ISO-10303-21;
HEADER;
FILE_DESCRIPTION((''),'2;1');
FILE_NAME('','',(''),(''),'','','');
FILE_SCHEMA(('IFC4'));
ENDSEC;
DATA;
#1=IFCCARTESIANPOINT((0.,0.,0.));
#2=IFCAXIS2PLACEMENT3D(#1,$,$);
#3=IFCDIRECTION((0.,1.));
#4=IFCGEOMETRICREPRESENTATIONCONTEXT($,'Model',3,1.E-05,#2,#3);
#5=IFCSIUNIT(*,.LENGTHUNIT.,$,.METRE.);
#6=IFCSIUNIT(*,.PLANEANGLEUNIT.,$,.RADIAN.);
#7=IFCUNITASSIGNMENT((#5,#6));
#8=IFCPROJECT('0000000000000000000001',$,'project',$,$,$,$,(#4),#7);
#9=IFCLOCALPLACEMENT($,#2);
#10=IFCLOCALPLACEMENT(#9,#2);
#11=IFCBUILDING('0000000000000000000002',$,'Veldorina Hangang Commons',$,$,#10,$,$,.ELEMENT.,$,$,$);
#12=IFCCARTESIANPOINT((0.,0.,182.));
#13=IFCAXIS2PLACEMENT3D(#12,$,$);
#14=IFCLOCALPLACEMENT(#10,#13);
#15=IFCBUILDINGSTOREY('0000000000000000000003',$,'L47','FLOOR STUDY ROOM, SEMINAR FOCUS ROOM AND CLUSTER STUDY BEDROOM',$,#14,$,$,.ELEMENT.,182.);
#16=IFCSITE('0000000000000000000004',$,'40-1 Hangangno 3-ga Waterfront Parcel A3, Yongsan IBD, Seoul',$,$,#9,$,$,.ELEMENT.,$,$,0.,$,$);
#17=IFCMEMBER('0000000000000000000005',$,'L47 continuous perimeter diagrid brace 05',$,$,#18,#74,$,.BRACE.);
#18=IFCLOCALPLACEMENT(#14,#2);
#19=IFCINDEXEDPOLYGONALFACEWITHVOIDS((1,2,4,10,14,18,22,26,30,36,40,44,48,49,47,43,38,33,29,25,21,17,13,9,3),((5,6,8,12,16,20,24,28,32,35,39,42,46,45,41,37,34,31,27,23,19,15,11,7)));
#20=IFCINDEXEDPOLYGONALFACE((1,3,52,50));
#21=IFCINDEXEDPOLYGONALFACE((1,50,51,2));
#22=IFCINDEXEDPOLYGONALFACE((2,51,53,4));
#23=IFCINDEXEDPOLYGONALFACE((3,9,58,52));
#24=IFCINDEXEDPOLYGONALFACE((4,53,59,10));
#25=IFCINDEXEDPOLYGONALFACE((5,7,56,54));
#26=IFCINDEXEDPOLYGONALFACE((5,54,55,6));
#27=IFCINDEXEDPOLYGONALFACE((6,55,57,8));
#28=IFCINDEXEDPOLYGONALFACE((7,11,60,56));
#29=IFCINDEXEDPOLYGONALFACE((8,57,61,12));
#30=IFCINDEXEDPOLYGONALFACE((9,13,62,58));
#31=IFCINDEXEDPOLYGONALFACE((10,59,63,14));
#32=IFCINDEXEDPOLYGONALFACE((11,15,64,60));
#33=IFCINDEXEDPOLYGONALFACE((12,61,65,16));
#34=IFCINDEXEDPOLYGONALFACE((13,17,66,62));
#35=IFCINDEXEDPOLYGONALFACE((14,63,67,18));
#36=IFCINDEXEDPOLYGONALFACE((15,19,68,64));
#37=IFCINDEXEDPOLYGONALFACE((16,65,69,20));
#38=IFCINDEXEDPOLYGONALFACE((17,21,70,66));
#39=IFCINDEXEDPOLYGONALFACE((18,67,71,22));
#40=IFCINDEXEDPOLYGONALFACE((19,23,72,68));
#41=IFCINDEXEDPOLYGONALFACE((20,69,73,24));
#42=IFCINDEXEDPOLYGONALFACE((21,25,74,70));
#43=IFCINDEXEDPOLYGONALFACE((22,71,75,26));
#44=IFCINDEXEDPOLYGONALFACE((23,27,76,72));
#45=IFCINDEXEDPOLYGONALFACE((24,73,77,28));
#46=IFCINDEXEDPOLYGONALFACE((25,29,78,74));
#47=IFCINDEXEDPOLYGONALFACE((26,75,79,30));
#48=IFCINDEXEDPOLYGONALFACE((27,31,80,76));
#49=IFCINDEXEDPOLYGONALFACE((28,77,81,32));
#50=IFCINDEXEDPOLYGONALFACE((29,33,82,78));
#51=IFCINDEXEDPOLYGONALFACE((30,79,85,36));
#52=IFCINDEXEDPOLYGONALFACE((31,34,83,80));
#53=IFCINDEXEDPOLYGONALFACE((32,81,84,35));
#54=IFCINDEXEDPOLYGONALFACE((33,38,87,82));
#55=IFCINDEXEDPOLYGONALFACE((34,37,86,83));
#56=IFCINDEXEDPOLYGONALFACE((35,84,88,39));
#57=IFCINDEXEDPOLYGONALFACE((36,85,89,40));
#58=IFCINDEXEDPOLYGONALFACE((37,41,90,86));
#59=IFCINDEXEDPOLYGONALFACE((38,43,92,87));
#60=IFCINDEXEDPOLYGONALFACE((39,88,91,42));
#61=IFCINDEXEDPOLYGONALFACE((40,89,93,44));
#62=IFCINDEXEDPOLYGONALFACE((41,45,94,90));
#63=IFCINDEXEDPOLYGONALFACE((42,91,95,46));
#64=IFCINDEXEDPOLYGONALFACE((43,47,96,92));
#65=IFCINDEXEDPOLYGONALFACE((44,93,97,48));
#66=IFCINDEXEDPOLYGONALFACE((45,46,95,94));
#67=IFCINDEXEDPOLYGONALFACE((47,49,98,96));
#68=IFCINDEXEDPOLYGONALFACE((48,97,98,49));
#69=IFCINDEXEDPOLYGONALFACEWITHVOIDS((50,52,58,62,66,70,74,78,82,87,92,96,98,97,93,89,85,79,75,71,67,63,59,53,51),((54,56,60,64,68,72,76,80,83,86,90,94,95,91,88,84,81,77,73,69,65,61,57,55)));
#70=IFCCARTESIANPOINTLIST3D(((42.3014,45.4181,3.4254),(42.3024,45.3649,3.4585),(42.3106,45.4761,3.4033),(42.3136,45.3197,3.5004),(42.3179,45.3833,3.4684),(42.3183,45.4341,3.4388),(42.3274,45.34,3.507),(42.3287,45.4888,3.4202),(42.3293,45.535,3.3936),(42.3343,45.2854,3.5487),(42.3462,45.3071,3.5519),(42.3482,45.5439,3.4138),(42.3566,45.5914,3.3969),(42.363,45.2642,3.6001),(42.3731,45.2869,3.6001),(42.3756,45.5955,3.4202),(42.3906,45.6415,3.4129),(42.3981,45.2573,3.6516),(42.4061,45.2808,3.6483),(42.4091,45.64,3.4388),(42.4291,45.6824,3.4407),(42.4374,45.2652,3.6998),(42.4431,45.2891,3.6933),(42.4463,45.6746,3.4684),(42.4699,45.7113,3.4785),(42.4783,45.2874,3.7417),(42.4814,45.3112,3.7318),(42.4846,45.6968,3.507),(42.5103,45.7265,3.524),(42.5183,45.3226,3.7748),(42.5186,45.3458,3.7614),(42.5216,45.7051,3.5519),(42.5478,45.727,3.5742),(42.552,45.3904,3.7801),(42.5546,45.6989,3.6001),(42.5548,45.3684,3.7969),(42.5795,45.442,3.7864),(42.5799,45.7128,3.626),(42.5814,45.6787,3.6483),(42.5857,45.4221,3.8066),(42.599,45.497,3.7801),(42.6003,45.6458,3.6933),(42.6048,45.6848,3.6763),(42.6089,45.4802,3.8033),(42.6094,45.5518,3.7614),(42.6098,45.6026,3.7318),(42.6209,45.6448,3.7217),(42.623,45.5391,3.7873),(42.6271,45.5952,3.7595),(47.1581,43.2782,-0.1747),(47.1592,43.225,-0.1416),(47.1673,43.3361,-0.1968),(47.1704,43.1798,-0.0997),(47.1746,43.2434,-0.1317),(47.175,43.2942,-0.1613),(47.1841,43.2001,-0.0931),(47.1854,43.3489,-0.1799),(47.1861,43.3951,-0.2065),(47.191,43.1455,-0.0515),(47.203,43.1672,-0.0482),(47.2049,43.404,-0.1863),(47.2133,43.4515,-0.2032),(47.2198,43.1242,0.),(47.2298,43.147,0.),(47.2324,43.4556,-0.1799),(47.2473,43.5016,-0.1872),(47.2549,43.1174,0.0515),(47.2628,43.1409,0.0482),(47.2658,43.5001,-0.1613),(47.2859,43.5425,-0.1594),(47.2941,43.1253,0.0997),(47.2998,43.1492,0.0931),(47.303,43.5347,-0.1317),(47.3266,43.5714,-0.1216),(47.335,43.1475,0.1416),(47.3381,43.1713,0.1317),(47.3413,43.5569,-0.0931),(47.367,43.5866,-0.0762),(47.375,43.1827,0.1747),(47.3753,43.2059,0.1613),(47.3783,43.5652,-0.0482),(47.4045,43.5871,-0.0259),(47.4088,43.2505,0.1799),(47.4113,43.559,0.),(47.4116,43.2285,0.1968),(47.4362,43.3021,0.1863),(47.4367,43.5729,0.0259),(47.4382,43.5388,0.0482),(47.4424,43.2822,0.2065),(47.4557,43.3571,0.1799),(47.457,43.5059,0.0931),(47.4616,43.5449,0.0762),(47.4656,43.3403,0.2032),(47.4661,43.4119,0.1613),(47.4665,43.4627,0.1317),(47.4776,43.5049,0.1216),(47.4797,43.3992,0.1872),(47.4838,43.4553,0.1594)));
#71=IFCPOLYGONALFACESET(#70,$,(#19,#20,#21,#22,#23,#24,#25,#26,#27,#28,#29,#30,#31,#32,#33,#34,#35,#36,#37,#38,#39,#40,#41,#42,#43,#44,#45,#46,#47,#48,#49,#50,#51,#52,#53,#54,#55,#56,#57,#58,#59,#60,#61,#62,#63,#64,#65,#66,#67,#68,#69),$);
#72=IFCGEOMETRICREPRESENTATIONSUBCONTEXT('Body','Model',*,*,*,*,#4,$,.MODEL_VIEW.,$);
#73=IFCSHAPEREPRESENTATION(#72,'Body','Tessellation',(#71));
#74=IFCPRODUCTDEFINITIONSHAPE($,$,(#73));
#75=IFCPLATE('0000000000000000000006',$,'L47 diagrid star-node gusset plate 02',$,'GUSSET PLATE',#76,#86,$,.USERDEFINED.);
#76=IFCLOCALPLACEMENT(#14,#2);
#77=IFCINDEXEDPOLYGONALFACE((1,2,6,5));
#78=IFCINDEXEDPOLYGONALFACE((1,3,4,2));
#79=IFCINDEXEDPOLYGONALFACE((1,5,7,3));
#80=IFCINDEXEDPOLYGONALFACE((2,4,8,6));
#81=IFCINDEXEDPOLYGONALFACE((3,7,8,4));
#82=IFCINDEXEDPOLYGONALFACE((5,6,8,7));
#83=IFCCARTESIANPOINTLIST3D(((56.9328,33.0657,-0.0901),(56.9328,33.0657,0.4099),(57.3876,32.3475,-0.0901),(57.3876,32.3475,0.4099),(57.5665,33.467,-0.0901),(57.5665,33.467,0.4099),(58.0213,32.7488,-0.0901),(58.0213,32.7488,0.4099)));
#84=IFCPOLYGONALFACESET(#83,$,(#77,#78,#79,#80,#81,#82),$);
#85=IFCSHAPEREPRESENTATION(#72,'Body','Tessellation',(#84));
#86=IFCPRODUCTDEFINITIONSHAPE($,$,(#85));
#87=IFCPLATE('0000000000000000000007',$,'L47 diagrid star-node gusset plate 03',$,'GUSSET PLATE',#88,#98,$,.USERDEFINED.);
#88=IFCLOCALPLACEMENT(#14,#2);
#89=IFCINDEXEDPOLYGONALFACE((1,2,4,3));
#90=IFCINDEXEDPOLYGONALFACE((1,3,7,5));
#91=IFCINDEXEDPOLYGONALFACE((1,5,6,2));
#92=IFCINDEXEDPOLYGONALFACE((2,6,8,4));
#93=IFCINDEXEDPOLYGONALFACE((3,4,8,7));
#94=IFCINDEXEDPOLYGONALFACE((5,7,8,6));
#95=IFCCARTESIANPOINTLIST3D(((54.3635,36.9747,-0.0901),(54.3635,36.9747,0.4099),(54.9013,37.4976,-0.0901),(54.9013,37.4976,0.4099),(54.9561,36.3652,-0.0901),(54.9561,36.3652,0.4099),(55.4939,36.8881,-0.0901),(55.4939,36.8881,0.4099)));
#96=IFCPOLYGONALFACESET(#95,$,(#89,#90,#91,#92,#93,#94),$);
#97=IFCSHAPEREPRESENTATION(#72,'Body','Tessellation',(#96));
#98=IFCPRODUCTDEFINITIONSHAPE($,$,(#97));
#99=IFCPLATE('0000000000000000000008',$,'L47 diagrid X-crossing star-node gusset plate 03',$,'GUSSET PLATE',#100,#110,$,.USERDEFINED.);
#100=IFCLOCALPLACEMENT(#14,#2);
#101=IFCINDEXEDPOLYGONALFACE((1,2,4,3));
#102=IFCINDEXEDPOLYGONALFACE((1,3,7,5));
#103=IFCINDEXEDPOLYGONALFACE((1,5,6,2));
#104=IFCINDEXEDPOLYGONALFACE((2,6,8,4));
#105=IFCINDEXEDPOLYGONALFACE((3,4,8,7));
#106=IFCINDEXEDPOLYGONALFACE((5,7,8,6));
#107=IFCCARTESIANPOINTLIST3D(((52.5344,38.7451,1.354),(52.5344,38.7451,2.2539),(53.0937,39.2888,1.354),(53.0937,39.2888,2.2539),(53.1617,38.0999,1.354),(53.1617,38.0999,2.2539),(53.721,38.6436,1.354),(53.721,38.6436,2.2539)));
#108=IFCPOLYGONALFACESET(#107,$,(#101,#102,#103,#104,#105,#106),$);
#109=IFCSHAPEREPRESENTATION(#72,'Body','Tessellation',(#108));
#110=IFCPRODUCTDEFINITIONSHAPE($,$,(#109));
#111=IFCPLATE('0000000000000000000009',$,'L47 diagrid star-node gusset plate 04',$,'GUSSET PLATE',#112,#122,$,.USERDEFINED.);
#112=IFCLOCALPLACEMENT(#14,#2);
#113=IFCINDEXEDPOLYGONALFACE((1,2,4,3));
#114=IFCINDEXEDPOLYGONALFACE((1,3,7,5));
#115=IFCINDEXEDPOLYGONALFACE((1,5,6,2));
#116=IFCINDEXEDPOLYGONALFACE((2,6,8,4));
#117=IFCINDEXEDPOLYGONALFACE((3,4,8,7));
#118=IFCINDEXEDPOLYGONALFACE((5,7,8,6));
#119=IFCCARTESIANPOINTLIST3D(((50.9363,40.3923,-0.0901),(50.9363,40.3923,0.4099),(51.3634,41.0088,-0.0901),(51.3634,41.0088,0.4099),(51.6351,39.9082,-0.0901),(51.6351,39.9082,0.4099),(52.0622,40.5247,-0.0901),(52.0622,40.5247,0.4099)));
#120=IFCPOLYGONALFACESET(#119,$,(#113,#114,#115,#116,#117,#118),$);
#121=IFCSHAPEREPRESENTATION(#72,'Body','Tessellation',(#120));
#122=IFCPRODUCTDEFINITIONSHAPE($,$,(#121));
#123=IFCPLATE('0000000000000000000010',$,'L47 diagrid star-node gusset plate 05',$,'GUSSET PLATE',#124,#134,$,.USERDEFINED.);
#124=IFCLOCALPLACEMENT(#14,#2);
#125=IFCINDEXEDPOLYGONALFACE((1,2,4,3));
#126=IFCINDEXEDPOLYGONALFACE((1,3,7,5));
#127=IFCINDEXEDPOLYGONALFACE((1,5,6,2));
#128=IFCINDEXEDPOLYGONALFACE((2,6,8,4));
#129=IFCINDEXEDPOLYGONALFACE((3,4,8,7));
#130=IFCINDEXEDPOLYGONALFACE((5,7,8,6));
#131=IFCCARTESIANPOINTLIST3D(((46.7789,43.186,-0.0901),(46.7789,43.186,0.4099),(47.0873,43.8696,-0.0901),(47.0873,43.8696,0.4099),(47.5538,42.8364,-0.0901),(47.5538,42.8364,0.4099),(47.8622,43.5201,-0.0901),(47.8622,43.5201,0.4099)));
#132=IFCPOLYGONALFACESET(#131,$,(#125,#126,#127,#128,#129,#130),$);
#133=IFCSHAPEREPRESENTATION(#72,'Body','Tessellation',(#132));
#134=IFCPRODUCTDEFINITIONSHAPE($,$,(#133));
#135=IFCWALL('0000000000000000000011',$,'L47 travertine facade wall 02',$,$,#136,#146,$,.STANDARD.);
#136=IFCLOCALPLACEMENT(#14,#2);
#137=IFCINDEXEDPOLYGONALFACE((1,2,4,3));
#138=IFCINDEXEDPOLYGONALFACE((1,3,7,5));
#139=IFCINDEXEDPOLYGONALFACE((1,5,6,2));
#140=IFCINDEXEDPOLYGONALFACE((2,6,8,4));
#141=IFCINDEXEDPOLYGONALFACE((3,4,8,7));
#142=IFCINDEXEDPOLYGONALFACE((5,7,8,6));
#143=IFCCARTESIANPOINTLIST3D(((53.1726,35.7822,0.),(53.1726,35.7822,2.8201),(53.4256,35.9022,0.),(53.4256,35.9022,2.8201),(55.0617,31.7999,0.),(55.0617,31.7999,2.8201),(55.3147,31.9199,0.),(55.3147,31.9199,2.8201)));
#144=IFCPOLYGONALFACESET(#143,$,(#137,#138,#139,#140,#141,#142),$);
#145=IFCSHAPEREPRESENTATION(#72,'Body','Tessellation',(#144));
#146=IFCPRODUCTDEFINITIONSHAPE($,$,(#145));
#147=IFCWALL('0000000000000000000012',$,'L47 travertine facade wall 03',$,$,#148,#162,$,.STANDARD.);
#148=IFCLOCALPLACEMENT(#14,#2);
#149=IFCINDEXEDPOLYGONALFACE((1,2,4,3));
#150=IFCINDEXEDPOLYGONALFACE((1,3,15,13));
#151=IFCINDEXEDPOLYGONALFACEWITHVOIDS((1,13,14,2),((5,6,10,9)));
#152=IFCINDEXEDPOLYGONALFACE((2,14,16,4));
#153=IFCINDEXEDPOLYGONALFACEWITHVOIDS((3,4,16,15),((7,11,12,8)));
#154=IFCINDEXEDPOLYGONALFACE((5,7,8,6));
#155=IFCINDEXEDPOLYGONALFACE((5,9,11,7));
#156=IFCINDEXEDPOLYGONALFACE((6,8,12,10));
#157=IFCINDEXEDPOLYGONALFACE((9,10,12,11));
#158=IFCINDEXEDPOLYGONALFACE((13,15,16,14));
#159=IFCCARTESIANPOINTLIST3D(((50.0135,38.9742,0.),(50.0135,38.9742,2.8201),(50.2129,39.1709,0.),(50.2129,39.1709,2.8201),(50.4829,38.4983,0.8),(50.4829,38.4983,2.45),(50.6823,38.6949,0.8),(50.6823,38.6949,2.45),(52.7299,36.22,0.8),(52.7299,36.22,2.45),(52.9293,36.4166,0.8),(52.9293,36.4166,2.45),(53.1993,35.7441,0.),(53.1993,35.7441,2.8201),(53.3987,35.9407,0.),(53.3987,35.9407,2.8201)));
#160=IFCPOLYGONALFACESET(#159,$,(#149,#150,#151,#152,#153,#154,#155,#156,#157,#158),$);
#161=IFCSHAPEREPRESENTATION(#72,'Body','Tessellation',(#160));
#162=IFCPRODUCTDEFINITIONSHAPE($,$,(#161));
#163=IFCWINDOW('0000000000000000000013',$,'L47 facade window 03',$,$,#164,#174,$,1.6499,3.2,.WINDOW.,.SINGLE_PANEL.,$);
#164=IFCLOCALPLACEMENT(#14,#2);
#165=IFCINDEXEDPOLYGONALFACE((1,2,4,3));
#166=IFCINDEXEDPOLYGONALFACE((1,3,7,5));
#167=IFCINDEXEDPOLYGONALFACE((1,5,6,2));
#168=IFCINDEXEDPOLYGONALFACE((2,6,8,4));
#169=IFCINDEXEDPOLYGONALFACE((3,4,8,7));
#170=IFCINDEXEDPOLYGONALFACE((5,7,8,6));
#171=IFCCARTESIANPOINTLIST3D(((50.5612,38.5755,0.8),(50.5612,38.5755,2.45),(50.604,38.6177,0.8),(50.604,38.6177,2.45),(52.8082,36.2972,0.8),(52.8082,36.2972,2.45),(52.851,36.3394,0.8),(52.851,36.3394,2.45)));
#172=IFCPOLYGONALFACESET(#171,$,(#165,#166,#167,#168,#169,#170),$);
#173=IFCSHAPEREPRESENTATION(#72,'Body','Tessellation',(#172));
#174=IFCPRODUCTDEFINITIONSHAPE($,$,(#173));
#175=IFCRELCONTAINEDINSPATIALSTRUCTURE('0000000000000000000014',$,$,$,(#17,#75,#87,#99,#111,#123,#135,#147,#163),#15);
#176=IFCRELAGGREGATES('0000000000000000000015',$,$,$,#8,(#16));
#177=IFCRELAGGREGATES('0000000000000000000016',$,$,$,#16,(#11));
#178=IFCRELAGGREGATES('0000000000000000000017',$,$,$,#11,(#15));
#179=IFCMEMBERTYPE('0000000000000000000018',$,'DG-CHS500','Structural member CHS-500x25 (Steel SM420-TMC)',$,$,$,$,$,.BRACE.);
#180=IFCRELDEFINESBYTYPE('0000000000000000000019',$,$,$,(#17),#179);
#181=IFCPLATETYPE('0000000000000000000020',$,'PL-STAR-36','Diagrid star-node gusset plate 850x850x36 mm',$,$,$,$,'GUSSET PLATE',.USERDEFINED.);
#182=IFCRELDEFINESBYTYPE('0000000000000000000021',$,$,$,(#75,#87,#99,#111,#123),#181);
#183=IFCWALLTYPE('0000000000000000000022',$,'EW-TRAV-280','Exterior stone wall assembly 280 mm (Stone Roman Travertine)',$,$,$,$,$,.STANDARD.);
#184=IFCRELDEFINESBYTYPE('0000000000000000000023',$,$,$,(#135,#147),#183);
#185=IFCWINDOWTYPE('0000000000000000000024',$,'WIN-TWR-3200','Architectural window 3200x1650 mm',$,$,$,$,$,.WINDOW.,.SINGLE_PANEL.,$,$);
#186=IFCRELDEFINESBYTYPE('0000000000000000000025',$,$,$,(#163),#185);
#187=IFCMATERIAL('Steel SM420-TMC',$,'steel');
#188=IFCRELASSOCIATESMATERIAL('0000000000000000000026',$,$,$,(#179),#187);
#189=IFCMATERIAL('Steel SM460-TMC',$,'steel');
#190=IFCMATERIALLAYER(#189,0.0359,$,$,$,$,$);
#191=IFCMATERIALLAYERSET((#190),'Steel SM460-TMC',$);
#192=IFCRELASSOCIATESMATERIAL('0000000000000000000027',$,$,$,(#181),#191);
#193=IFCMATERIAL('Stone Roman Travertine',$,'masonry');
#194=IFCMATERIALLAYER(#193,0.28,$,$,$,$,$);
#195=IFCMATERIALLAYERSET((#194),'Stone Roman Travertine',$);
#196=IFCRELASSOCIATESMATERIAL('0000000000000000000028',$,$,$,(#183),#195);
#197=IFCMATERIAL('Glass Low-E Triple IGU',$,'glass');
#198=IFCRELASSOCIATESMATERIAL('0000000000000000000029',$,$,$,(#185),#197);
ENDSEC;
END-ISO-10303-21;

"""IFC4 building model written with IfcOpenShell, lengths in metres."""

from ifc_helpers import new_model, si_unit, direction, frame, frame_2d, origin, origin_2d, place, context, subcontext, project, spatial, rectangle, hollow_circle, extrude, material, layer, layer_set, material_profile, profile_set, type_object, element, fill, save


model = new_model("IFC4")

# Units and contexts
model_context = context("Model", 3, precision=1e-05, world=origin(), true_north=direction((0.0, 1.0)))
body_context = subcontext(model_context, "Body", "Model", "MODEL_VIEW")
ifc_project = project(units=[si_unit("LENGTHUNIT", "METRE"), si_unit("PLANEANGLEUNIT", "RADIAN")], contexts=[model_context])

# Site, building, storey
site_placement = place(None, origin())
site = spatial("IfcSite", under=ifc_project, at=site_placement, Name="40-1 Hangangno 3-ga Waterfront Parcel A3, Yongsan IBD, Seoul", CompositionType="ELEMENT", RefElevation=0.0)
building_placement = place(site_placement, origin())
building = spatial("IfcBuilding", under=site, at=building_placement, Name="Veldorina Hangang Commons", CompositionType="ELEMENT")
storey_placement = place(building_placement, frame((0.0, 0.0, 182.0)))
storey = spatial("IfcBuildingStorey", under=building, at=storey_placement, Name="L47", Description="FLOOR STUDY ROOM, SEMINAR FOCUS ROOM AND CLUSTER STUDY BEDROOM", CompositionType="ELEMENT", Elevation=182.0)

# Shared definitions
ifc_material_1 = material(Name="Steel SM420-TMC", Category="steel")

# Shared definitions
ifc_material_2 = material(Name="Glass Low-E Triple IGU", Category="glass")

# Member
ifc_material_profile_1 = material_profile(ifc_material_1, hollow_circle(Radius=0.25, WallThickness=0.0249, at=origin_2d()), Name="CHS-500x25")
ifc_profile_set_1 = profile_set([ifc_material_profile_1], Name="Steel SM420-TMC")
member_type_1 = type_object("IfcMemberType", Name="DG-CHS500", Description="Structural member CHS-500x25 (Steel SM420-TMC)", PredefinedType="BRACE", material=ifc_profile_set_1)
member_1_placement = place(storey_placement, frame((47.3206, 43.353, 0.0), z_axis=(-0.757313, 0.333678, 0.56137), x_axis=(-0.403204, -0.91511, 0.0)))
element("IfcMember", 1, at=member_1_placement, inside=storey, type_object=member_type_1, Name="L47 continuous perimeter diagrid brace 05", PredefinedType="BRACE", context=body_context, shape_type="SweptSolid", body=[
    extrude(hollow_circle(Radius=0.25, WallThickness=0.0249, at=origin_2d()), origin(), (0.0, 0.0, 1.0), 6.4131),
])

# Plates
ifc_material_3 = material(Name="Steel SM460-TMC", Category="steel")
ifc_layer_1 = layer(ifc_material_3, 0.0359)
ifc_layer_set_1 = layer_set([ifc_layer_1], Name="Steel SM460-TMC")
plate_type = type_object("IfcPlateType", Name="PL-STAR-36", Description="Diagrid star-node gusset plate 850x850x36 mm", ElementType="GUSSET PLATE", PredefinedType="USERDEFINED", material=ifc_layer_set_1)
for number, where, z_axis, x_axis, name in (
    (2, (57.4771, 32.9072, -0.0901), (0.0, 0.0, 1.0), (-0.535016, 0.844842, 0.0), "L47 diagrid star-node gusset plate 02"),
    (3, (54.9287, 36.9314, -0.0901), (0.0, 0.0, 1.0), (-0.697103, 0.716971, 0.0), "L47 diagrid star-node gusset plate 03"),
):
    element("IfcPlate", number, at=place(storey_placement, frame(where, z_axis=z_axis, x_axis=x_axis)), inside=storey, type_object=plate_type, Name=name, ObjectType="GUSSET PLATE", PredefinedType="USERDEFINED", context=body_context, shape_type="SweptSolid", body=[
        extrude(rectangle(XDim=0.8501, YDim=0.75, at=origin_2d()), origin(), (0.0, 0.0, 1.0), 0.5),
    ])
plate_placement = place(storey_placement, frame((53.1277, 38.6943, 1.354), z_axis=(0.0, 0.0, 1.0), x_axis=(-0.697103, 0.716971, 0.0)))
element("IfcPlate", 4, at=plate_placement, inside=storey, type_object=plate_type, Name="L47 diagrid X-crossing star-node gusset plate 03", ObjectType="GUSSET PLATE", PredefinedType="USERDEFINED", context=body_context, shape_type="SweptSolid", body=[
    extrude(rectangle(XDim=0.8999, YDim=0.78, at=origin_2d()), origin(), (0.0, 0.0, 1.0), 0.8999),
])
for number, where, z_axis, x_axis, name in (
    (5, (51.4993, 40.4585, -0.0901), (0.0, 0.0, 1.0), (-0.822045, 0.569423, 0.0), "L47 diagrid star-node gusset plate 04"),
    (6, (47.3206, 43.353, -0.0901), (0.0, 0.0, 1.0), (-0.911525, 0.411244, 0.0), "L47 diagrid star-node gusset plate 05"),
):
    element("IfcPlate", number, at=place(storey_placement, frame(where, z_axis=z_axis, x_axis=x_axis)), inside=storey, type_object=plate_type, Name=name, ObjectType="GUSSET PLATE", PredefinedType="USERDEFINED", context=body_context, shape_type="SweptSolid", body=[
        extrude(rectangle(XDim=0.8501, YDim=0.75, at=origin_2d()), origin(), (0.0, 0.0, 1.0), 0.5),
    ])

# Wall
ifc_material_4 = material(Name="Stone Roman Travertine", Category="masonry")
ifc_layer_2 = layer(ifc_material_4, 0.28)
ifc_layer_set_2 = layer_set([ifc_layer_2], Name="Stone Roman Travertine")
wall_type_1 = type_object("IfcWallType", Name="EW-TRAV-280", Description="Exterior stone wall assembly 280 mm (Stone Roman Travertine)", PredefinedType="STANDARD", material=ifc_layer_set_2)
wall_1_placement = place(storey_placement, frame((55.1882, 31.8599, 0.0), z_axis=(0.0, 0.0, 1.0), x_axis=(-0.428596, 0.903496, 0.0)))
element("IfcWall", 7, at=wall_1_placement, inside=storey, type_object=wall_type_1, Name="L47 travertine facade wall 02", PredefinedType="STANDARD", context=body_context, shape_type="SweptSolid", body=[
    extrude(rectangle(XDim=4.4077, YDim=0.28, at=frame_2d((2.2039, 0.0))), origin(), (0.0, 0.0, 1.0), 2.8201),
])

# Wall, opening, window
wall_2_placement = place(storey_placement, frame((53.2991, 35.8423, 0.0), z_axis=(0.0, 0.0, 1.0), x_axis=(-0.702193, 0.711987, 0.0)))
wall_2 = element("IfcWall", 8, at=wall_2_placement, inside=storey, type_object=wall_type_1, Name="L47 travertine facade wall 03", PredefinedType="STANDARD", context=body_context, shape_type="SweptSolid", body=[
    extrude(rectangle(XDim=4.5369, YDim=0.28, at=frame_2d((2.2686, 0.0))), origin(), (0.0, 0.0, 1.0), 2.8201),
])
opening_1_placement = place(wall_2_placement, frame((0.6685, 0.0, 0.8)))
opening_1 = element("IfcOpeningElement", 9, at=opening_1_placement, cuts=wall_2, PredefinedType="OPENING", context=body_context, shape_type="SweptSolid", body=[
    extrude(rectangle(XDim=3.2, YDim=1.6499, at=frame_2d((1.6001, 0.825))), frame((0.0, 0.1499, 0.0), z_axis=(0.0, -1.0, 0.0), x_axis=(1.0, 0.0, 0.0)), (0.0, 0.0, 1.0), 0.3),
])
window_type = type_object("IfcWindowType", Name="WIN-TWR-3200", Description="Architectural window 3200x1650 mm", PartitioningType="SINGLE_PANEL", PredefinedType="WINDOW", material=ifc_material_2)
window_1_placement = place(opening_1_placement, origin())
window_1 = element("IfcWindow", 10, at=window_1_placement, inside=storey, type_object=window_type, Name="L47 facade window 03", OverallHeight=1.6499, OverallWidth=3.2, PartitioningType="SINGLE_PANEL", PredefinedType="WINDOW", context=body_context, shape_type="SweptSolid", body=[
    extrude(rectangle(XDim=3.2, YDim=1.6499, at=frame_2d((1.6001, 0.825))), frame((0.0, 0.03, 0.0), z_axis=(0.0, -1.0, 0.0), x_axis=(1.0, 0.0, 0.0)), (0.0, 0.0, 1.0), 0.0601),
])
fill(opening_1, window_1)

save(model, "model.ifc")
